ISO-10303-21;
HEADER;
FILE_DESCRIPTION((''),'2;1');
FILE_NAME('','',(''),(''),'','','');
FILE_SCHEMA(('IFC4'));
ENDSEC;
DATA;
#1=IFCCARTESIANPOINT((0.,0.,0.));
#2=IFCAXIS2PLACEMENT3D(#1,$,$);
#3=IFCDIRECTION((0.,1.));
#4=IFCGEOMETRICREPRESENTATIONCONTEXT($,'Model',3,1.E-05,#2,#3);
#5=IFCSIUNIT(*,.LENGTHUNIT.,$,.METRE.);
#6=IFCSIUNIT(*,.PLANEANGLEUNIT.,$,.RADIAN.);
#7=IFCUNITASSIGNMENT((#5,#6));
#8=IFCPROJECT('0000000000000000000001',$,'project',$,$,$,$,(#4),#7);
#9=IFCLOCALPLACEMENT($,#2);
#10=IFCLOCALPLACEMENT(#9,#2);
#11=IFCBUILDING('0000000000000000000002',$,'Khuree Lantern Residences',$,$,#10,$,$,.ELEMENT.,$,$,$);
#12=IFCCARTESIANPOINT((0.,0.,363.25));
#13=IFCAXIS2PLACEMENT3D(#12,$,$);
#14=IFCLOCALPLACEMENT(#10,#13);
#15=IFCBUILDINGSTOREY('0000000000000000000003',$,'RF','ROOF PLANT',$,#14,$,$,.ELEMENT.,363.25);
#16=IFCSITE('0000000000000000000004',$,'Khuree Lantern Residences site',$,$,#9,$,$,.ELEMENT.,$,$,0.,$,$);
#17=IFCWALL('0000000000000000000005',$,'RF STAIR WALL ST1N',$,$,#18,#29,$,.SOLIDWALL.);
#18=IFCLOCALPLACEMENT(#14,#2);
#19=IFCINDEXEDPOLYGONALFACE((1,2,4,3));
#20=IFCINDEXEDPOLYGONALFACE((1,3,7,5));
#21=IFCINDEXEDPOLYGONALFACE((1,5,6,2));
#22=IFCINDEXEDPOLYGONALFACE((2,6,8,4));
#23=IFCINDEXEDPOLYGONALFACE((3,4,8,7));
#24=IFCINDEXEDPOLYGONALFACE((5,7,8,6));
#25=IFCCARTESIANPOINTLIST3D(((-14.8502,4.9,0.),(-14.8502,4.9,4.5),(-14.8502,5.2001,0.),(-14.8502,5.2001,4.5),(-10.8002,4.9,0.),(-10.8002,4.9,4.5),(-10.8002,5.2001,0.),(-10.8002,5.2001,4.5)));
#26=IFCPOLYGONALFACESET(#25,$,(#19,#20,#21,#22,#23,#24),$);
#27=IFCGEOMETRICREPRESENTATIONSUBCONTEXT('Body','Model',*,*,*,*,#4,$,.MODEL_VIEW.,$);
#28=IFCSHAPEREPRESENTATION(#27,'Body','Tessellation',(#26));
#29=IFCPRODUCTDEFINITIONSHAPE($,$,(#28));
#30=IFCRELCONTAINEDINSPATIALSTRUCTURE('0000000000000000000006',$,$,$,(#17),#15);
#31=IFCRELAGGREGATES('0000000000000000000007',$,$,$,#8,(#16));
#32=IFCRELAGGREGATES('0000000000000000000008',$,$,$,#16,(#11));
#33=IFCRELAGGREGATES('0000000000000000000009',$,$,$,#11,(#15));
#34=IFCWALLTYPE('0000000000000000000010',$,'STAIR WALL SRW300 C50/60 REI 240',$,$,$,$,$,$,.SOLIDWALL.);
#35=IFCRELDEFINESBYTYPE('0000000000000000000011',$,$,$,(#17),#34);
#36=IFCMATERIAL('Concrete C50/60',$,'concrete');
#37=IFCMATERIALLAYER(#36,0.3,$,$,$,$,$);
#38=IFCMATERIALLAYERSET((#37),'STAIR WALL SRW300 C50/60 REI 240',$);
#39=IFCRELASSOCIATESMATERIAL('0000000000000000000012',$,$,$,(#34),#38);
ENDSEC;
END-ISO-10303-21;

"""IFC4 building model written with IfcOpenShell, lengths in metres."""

from ifc_helpers import new_model, si_unit, direction, frame, frame_2d, origin, place, context, subcontext, project, spatial, rectangle, extrude, material, layer, layer_set, type_object, element, save


model = new_model("IFC4")

# Units and contexts
model_context = context("Model", 3, precision=1e-05, world=origin(), true_north=direction((0.0, 1.0)))
body_context = subcontext(model_context, "Body", "Model", "MODEL_VIEW")
ifc_project = project(units=[si_unit("LENGTHUNIT", "METRE"), si_unit("PLANEANGLEUNIT", "RADIAN")], contexts=[model_context])

# Site, building, storey
site_placement = place(None, origin())
site = spatial("IfcSite", under=ifc_project, at=site_placement, Name="Khuree Lantern Residences site", CompositionType="ELEMENT", RefElevation=0.0)
building_placement = place(site_placement, origin())
building = spatial("IfcBuilding", under=site, at=building_placement, Name="Khuree Lantern Residences", CompositionType="ELEMENT")
storey_placement = place(building_placement, frame((0.0, 0.0, 363.25)))
storey = spatial("IfcBuildingStorey", under=building, at=storey_placement, Name="RF", Description="ROOF PLANT", CompositionType="ELEMENT", Elevation=363.25)

# Shared definitions
ifc_material_1 = material(Name="Concrete C50/60", Category="concrete")

# Wall
ifc_layer_1 = layer(ifc_material_1, 0.3)
ifc_layer_set_1 = layer_set([ifc_layer_1], Name="STAIR WALL SRW300 C50/60 REI 240")
wall_type_1 = type_object("IfcWallType", Name="STAIR WALL SRW300 C50/60 REI 240", PredefinedType="SOLIDWALL", material=ifc_layer_set_1)
wall_1_placement = place(storey_placement, frame((-14.8501, 5.05, 0.0), z_axis=(0.0, 0.0, 1.0), x_axis=(1.0, 0.0, 0.0)))
element("IfcWall", 1, at=wall_1_placement, inside=storey, type_object=wall_type_1, Name="RF STAIR WALL ST1N", PredefinedType="SOLIDWALL", context=body_context, shape_type="SweptSolid", body=[
    extrude(rectangle(XDim=4.05, YDim=0.3, at=frame_2d((2.0249, 0.0))), origin(), (0.0, 0.0, 1.0), 4.5),
])

save(model, "model.ifc")
